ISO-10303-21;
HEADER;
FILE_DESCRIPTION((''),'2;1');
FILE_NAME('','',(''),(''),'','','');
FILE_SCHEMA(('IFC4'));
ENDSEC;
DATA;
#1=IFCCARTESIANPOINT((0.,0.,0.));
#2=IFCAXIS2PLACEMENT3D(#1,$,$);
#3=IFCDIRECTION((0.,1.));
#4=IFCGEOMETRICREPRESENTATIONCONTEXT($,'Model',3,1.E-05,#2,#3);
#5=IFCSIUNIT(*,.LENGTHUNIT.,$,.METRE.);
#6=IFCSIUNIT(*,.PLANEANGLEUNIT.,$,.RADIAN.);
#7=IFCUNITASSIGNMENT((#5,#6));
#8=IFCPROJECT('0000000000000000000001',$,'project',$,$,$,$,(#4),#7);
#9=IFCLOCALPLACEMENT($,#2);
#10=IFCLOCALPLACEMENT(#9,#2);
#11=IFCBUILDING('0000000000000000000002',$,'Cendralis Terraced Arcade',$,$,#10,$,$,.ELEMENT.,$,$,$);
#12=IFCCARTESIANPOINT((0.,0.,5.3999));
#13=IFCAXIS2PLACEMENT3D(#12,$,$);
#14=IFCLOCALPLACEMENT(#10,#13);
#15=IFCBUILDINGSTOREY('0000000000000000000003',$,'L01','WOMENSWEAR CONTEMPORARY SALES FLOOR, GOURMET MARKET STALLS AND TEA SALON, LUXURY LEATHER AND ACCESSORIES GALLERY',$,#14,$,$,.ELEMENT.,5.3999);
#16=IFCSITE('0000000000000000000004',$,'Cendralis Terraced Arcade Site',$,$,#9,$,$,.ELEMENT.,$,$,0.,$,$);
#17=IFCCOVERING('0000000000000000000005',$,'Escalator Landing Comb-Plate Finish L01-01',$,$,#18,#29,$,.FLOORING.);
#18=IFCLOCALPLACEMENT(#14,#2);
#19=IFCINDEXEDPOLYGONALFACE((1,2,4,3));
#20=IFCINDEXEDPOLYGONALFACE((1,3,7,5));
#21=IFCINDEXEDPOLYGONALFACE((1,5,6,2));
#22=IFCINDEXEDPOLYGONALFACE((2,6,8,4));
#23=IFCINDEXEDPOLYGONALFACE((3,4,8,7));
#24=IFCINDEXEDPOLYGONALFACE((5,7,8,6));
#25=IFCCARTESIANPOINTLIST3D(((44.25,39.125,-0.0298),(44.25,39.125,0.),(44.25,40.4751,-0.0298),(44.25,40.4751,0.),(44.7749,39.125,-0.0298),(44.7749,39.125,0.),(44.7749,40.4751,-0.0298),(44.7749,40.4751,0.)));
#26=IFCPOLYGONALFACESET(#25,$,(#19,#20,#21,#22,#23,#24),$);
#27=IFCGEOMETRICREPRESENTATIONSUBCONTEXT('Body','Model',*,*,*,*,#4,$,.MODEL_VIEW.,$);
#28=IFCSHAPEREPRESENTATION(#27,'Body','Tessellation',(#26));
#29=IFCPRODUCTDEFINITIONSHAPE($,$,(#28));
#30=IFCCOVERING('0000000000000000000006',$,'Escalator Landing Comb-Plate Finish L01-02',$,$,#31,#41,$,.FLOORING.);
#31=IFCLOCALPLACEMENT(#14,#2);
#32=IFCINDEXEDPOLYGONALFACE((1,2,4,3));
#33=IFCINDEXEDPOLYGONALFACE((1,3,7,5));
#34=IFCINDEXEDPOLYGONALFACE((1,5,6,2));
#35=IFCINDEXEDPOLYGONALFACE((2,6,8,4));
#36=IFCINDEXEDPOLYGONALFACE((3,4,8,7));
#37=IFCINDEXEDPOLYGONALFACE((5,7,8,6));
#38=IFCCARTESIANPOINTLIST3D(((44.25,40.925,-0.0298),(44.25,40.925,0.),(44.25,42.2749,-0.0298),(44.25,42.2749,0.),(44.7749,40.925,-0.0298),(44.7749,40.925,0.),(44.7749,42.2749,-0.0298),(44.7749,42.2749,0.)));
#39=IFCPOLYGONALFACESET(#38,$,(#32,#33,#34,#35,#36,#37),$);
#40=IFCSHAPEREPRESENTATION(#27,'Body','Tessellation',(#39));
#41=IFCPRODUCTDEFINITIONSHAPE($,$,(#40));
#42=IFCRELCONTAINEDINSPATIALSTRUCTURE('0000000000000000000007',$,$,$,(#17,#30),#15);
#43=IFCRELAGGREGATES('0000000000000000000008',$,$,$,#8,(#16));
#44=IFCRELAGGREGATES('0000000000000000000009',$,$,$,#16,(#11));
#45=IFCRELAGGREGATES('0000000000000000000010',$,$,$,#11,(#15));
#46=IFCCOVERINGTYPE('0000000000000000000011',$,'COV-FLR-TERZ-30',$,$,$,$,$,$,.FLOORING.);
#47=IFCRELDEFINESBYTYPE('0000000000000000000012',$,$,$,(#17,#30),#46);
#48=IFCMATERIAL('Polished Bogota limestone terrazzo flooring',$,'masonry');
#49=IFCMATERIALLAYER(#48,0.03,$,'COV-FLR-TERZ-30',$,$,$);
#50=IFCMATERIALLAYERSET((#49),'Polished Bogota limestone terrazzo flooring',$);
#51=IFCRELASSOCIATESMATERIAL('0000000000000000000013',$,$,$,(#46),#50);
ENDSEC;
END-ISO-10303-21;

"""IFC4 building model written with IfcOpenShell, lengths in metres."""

from ifc_helpers import new_model, si_unit, direction, frame, origin, place, context, subcontext, project, spatial, polyline, outline, extrude, material, layer, layer_set, type_object, element, save


model = new_model("IFC4")

# Units and contexts
model_context = context("Model", 3, precision=1e-05, world=origin(), true_north=direction((0.0, 1.0)))
body_context = subcontext(model_context, "Body", "Model", "MODEL_VIEW")
ifc_project = project(units=[si_unit("LENGTHUNIT", "METRE"), si_unit("PLANEANGLEUNIT", "RADIAN")], contexts=[model_context])

# Site, building, storey
site_placement = place(None, origin())
site = spatial("IfcSite", under=ifc_project, at=site_placement, Name="Cendralis Terraced Arcade Site", CompositionType="ELEMENT", RefElevation=0.0)
building_placement = place(site_placement, origin())
building = spatial("IfcBuilding", under=site, at=building_placement, Name="Cendralis Terraced Arcade", CompositionType="ELEMENT")
storey_placement = place(building_placement, frame((0.0, 0.0, 5.3999)))
storey = spatial("IfcBuildingStorey", under=building, at=storey_placement, Name="L01", Description="WOMENSWEAR CONTEMPORARY SALES FLOOR, GOURMET MARKET STALLS AND TEA SALON, LUXURY LEATHER AND ACCESSORIES GALLERY", CompositionType="ELEMENT", Elevation=5.3999)

# Coverings
ifc_material_1 = material(Name="Polished Bogota limestone terrazzo flooring", Category="masonry")
ifc_layer_1 = layer(ifc_material_1, 0.03, Name="COV-FLR-TERZ-30")
ifc_layer_set_1 = layer_set([ifc_layer_1], Name="Polished Bogota limestone terrazzo flooring")
covering_type_1 = type_object("IfcCoveringType", Name="COV-FLR-TERZ-30", PredefinedType="FLOORING", material=ifc_layer_set_1)
covering_1_placement = place(storey_placement, frame((0.0, 0.0, -0.0298)))
element("IfcCovering", 1, at=covering_1_placement, inside=storey, type_object=covering_type_1, Name="Escalator Landing Comb-Plate Finish L01-01", PredefinedType="FLOORING", context=body_context, shape_type="SweptSolid", body=[
    extrude(outline(polyline([(44.25, 39.125), (44.7749, 39.125), (44.7749, 40.4751), (44.25, 40.4751), (44.25, 39.125)])), origin(), (0.0, 0.0, 1.0), 0.0298),
])
covering_2_placement = place(storey_placement, frame((0.0, 0.0, -0.0298)))
element("IfcCovering", 2, at=covering_2_placement, inside=storey, type_object=covering_type_1, Name="Escalator Landing Comb-Plate Finish L01-02", PredefinedType="FLOORING", context=body_context, shape_type="SweptSolid", body=[
    extrude(outline(polyline([(44.25, 40.925), (44.7749, 40.925), (44.7749, 42.2749), (44.25, 42.2749), (44.25, 40.925)])), origin(), (0.0, 0.0, 1.0), 0.0298),
])

save(model, "model.ifc")
